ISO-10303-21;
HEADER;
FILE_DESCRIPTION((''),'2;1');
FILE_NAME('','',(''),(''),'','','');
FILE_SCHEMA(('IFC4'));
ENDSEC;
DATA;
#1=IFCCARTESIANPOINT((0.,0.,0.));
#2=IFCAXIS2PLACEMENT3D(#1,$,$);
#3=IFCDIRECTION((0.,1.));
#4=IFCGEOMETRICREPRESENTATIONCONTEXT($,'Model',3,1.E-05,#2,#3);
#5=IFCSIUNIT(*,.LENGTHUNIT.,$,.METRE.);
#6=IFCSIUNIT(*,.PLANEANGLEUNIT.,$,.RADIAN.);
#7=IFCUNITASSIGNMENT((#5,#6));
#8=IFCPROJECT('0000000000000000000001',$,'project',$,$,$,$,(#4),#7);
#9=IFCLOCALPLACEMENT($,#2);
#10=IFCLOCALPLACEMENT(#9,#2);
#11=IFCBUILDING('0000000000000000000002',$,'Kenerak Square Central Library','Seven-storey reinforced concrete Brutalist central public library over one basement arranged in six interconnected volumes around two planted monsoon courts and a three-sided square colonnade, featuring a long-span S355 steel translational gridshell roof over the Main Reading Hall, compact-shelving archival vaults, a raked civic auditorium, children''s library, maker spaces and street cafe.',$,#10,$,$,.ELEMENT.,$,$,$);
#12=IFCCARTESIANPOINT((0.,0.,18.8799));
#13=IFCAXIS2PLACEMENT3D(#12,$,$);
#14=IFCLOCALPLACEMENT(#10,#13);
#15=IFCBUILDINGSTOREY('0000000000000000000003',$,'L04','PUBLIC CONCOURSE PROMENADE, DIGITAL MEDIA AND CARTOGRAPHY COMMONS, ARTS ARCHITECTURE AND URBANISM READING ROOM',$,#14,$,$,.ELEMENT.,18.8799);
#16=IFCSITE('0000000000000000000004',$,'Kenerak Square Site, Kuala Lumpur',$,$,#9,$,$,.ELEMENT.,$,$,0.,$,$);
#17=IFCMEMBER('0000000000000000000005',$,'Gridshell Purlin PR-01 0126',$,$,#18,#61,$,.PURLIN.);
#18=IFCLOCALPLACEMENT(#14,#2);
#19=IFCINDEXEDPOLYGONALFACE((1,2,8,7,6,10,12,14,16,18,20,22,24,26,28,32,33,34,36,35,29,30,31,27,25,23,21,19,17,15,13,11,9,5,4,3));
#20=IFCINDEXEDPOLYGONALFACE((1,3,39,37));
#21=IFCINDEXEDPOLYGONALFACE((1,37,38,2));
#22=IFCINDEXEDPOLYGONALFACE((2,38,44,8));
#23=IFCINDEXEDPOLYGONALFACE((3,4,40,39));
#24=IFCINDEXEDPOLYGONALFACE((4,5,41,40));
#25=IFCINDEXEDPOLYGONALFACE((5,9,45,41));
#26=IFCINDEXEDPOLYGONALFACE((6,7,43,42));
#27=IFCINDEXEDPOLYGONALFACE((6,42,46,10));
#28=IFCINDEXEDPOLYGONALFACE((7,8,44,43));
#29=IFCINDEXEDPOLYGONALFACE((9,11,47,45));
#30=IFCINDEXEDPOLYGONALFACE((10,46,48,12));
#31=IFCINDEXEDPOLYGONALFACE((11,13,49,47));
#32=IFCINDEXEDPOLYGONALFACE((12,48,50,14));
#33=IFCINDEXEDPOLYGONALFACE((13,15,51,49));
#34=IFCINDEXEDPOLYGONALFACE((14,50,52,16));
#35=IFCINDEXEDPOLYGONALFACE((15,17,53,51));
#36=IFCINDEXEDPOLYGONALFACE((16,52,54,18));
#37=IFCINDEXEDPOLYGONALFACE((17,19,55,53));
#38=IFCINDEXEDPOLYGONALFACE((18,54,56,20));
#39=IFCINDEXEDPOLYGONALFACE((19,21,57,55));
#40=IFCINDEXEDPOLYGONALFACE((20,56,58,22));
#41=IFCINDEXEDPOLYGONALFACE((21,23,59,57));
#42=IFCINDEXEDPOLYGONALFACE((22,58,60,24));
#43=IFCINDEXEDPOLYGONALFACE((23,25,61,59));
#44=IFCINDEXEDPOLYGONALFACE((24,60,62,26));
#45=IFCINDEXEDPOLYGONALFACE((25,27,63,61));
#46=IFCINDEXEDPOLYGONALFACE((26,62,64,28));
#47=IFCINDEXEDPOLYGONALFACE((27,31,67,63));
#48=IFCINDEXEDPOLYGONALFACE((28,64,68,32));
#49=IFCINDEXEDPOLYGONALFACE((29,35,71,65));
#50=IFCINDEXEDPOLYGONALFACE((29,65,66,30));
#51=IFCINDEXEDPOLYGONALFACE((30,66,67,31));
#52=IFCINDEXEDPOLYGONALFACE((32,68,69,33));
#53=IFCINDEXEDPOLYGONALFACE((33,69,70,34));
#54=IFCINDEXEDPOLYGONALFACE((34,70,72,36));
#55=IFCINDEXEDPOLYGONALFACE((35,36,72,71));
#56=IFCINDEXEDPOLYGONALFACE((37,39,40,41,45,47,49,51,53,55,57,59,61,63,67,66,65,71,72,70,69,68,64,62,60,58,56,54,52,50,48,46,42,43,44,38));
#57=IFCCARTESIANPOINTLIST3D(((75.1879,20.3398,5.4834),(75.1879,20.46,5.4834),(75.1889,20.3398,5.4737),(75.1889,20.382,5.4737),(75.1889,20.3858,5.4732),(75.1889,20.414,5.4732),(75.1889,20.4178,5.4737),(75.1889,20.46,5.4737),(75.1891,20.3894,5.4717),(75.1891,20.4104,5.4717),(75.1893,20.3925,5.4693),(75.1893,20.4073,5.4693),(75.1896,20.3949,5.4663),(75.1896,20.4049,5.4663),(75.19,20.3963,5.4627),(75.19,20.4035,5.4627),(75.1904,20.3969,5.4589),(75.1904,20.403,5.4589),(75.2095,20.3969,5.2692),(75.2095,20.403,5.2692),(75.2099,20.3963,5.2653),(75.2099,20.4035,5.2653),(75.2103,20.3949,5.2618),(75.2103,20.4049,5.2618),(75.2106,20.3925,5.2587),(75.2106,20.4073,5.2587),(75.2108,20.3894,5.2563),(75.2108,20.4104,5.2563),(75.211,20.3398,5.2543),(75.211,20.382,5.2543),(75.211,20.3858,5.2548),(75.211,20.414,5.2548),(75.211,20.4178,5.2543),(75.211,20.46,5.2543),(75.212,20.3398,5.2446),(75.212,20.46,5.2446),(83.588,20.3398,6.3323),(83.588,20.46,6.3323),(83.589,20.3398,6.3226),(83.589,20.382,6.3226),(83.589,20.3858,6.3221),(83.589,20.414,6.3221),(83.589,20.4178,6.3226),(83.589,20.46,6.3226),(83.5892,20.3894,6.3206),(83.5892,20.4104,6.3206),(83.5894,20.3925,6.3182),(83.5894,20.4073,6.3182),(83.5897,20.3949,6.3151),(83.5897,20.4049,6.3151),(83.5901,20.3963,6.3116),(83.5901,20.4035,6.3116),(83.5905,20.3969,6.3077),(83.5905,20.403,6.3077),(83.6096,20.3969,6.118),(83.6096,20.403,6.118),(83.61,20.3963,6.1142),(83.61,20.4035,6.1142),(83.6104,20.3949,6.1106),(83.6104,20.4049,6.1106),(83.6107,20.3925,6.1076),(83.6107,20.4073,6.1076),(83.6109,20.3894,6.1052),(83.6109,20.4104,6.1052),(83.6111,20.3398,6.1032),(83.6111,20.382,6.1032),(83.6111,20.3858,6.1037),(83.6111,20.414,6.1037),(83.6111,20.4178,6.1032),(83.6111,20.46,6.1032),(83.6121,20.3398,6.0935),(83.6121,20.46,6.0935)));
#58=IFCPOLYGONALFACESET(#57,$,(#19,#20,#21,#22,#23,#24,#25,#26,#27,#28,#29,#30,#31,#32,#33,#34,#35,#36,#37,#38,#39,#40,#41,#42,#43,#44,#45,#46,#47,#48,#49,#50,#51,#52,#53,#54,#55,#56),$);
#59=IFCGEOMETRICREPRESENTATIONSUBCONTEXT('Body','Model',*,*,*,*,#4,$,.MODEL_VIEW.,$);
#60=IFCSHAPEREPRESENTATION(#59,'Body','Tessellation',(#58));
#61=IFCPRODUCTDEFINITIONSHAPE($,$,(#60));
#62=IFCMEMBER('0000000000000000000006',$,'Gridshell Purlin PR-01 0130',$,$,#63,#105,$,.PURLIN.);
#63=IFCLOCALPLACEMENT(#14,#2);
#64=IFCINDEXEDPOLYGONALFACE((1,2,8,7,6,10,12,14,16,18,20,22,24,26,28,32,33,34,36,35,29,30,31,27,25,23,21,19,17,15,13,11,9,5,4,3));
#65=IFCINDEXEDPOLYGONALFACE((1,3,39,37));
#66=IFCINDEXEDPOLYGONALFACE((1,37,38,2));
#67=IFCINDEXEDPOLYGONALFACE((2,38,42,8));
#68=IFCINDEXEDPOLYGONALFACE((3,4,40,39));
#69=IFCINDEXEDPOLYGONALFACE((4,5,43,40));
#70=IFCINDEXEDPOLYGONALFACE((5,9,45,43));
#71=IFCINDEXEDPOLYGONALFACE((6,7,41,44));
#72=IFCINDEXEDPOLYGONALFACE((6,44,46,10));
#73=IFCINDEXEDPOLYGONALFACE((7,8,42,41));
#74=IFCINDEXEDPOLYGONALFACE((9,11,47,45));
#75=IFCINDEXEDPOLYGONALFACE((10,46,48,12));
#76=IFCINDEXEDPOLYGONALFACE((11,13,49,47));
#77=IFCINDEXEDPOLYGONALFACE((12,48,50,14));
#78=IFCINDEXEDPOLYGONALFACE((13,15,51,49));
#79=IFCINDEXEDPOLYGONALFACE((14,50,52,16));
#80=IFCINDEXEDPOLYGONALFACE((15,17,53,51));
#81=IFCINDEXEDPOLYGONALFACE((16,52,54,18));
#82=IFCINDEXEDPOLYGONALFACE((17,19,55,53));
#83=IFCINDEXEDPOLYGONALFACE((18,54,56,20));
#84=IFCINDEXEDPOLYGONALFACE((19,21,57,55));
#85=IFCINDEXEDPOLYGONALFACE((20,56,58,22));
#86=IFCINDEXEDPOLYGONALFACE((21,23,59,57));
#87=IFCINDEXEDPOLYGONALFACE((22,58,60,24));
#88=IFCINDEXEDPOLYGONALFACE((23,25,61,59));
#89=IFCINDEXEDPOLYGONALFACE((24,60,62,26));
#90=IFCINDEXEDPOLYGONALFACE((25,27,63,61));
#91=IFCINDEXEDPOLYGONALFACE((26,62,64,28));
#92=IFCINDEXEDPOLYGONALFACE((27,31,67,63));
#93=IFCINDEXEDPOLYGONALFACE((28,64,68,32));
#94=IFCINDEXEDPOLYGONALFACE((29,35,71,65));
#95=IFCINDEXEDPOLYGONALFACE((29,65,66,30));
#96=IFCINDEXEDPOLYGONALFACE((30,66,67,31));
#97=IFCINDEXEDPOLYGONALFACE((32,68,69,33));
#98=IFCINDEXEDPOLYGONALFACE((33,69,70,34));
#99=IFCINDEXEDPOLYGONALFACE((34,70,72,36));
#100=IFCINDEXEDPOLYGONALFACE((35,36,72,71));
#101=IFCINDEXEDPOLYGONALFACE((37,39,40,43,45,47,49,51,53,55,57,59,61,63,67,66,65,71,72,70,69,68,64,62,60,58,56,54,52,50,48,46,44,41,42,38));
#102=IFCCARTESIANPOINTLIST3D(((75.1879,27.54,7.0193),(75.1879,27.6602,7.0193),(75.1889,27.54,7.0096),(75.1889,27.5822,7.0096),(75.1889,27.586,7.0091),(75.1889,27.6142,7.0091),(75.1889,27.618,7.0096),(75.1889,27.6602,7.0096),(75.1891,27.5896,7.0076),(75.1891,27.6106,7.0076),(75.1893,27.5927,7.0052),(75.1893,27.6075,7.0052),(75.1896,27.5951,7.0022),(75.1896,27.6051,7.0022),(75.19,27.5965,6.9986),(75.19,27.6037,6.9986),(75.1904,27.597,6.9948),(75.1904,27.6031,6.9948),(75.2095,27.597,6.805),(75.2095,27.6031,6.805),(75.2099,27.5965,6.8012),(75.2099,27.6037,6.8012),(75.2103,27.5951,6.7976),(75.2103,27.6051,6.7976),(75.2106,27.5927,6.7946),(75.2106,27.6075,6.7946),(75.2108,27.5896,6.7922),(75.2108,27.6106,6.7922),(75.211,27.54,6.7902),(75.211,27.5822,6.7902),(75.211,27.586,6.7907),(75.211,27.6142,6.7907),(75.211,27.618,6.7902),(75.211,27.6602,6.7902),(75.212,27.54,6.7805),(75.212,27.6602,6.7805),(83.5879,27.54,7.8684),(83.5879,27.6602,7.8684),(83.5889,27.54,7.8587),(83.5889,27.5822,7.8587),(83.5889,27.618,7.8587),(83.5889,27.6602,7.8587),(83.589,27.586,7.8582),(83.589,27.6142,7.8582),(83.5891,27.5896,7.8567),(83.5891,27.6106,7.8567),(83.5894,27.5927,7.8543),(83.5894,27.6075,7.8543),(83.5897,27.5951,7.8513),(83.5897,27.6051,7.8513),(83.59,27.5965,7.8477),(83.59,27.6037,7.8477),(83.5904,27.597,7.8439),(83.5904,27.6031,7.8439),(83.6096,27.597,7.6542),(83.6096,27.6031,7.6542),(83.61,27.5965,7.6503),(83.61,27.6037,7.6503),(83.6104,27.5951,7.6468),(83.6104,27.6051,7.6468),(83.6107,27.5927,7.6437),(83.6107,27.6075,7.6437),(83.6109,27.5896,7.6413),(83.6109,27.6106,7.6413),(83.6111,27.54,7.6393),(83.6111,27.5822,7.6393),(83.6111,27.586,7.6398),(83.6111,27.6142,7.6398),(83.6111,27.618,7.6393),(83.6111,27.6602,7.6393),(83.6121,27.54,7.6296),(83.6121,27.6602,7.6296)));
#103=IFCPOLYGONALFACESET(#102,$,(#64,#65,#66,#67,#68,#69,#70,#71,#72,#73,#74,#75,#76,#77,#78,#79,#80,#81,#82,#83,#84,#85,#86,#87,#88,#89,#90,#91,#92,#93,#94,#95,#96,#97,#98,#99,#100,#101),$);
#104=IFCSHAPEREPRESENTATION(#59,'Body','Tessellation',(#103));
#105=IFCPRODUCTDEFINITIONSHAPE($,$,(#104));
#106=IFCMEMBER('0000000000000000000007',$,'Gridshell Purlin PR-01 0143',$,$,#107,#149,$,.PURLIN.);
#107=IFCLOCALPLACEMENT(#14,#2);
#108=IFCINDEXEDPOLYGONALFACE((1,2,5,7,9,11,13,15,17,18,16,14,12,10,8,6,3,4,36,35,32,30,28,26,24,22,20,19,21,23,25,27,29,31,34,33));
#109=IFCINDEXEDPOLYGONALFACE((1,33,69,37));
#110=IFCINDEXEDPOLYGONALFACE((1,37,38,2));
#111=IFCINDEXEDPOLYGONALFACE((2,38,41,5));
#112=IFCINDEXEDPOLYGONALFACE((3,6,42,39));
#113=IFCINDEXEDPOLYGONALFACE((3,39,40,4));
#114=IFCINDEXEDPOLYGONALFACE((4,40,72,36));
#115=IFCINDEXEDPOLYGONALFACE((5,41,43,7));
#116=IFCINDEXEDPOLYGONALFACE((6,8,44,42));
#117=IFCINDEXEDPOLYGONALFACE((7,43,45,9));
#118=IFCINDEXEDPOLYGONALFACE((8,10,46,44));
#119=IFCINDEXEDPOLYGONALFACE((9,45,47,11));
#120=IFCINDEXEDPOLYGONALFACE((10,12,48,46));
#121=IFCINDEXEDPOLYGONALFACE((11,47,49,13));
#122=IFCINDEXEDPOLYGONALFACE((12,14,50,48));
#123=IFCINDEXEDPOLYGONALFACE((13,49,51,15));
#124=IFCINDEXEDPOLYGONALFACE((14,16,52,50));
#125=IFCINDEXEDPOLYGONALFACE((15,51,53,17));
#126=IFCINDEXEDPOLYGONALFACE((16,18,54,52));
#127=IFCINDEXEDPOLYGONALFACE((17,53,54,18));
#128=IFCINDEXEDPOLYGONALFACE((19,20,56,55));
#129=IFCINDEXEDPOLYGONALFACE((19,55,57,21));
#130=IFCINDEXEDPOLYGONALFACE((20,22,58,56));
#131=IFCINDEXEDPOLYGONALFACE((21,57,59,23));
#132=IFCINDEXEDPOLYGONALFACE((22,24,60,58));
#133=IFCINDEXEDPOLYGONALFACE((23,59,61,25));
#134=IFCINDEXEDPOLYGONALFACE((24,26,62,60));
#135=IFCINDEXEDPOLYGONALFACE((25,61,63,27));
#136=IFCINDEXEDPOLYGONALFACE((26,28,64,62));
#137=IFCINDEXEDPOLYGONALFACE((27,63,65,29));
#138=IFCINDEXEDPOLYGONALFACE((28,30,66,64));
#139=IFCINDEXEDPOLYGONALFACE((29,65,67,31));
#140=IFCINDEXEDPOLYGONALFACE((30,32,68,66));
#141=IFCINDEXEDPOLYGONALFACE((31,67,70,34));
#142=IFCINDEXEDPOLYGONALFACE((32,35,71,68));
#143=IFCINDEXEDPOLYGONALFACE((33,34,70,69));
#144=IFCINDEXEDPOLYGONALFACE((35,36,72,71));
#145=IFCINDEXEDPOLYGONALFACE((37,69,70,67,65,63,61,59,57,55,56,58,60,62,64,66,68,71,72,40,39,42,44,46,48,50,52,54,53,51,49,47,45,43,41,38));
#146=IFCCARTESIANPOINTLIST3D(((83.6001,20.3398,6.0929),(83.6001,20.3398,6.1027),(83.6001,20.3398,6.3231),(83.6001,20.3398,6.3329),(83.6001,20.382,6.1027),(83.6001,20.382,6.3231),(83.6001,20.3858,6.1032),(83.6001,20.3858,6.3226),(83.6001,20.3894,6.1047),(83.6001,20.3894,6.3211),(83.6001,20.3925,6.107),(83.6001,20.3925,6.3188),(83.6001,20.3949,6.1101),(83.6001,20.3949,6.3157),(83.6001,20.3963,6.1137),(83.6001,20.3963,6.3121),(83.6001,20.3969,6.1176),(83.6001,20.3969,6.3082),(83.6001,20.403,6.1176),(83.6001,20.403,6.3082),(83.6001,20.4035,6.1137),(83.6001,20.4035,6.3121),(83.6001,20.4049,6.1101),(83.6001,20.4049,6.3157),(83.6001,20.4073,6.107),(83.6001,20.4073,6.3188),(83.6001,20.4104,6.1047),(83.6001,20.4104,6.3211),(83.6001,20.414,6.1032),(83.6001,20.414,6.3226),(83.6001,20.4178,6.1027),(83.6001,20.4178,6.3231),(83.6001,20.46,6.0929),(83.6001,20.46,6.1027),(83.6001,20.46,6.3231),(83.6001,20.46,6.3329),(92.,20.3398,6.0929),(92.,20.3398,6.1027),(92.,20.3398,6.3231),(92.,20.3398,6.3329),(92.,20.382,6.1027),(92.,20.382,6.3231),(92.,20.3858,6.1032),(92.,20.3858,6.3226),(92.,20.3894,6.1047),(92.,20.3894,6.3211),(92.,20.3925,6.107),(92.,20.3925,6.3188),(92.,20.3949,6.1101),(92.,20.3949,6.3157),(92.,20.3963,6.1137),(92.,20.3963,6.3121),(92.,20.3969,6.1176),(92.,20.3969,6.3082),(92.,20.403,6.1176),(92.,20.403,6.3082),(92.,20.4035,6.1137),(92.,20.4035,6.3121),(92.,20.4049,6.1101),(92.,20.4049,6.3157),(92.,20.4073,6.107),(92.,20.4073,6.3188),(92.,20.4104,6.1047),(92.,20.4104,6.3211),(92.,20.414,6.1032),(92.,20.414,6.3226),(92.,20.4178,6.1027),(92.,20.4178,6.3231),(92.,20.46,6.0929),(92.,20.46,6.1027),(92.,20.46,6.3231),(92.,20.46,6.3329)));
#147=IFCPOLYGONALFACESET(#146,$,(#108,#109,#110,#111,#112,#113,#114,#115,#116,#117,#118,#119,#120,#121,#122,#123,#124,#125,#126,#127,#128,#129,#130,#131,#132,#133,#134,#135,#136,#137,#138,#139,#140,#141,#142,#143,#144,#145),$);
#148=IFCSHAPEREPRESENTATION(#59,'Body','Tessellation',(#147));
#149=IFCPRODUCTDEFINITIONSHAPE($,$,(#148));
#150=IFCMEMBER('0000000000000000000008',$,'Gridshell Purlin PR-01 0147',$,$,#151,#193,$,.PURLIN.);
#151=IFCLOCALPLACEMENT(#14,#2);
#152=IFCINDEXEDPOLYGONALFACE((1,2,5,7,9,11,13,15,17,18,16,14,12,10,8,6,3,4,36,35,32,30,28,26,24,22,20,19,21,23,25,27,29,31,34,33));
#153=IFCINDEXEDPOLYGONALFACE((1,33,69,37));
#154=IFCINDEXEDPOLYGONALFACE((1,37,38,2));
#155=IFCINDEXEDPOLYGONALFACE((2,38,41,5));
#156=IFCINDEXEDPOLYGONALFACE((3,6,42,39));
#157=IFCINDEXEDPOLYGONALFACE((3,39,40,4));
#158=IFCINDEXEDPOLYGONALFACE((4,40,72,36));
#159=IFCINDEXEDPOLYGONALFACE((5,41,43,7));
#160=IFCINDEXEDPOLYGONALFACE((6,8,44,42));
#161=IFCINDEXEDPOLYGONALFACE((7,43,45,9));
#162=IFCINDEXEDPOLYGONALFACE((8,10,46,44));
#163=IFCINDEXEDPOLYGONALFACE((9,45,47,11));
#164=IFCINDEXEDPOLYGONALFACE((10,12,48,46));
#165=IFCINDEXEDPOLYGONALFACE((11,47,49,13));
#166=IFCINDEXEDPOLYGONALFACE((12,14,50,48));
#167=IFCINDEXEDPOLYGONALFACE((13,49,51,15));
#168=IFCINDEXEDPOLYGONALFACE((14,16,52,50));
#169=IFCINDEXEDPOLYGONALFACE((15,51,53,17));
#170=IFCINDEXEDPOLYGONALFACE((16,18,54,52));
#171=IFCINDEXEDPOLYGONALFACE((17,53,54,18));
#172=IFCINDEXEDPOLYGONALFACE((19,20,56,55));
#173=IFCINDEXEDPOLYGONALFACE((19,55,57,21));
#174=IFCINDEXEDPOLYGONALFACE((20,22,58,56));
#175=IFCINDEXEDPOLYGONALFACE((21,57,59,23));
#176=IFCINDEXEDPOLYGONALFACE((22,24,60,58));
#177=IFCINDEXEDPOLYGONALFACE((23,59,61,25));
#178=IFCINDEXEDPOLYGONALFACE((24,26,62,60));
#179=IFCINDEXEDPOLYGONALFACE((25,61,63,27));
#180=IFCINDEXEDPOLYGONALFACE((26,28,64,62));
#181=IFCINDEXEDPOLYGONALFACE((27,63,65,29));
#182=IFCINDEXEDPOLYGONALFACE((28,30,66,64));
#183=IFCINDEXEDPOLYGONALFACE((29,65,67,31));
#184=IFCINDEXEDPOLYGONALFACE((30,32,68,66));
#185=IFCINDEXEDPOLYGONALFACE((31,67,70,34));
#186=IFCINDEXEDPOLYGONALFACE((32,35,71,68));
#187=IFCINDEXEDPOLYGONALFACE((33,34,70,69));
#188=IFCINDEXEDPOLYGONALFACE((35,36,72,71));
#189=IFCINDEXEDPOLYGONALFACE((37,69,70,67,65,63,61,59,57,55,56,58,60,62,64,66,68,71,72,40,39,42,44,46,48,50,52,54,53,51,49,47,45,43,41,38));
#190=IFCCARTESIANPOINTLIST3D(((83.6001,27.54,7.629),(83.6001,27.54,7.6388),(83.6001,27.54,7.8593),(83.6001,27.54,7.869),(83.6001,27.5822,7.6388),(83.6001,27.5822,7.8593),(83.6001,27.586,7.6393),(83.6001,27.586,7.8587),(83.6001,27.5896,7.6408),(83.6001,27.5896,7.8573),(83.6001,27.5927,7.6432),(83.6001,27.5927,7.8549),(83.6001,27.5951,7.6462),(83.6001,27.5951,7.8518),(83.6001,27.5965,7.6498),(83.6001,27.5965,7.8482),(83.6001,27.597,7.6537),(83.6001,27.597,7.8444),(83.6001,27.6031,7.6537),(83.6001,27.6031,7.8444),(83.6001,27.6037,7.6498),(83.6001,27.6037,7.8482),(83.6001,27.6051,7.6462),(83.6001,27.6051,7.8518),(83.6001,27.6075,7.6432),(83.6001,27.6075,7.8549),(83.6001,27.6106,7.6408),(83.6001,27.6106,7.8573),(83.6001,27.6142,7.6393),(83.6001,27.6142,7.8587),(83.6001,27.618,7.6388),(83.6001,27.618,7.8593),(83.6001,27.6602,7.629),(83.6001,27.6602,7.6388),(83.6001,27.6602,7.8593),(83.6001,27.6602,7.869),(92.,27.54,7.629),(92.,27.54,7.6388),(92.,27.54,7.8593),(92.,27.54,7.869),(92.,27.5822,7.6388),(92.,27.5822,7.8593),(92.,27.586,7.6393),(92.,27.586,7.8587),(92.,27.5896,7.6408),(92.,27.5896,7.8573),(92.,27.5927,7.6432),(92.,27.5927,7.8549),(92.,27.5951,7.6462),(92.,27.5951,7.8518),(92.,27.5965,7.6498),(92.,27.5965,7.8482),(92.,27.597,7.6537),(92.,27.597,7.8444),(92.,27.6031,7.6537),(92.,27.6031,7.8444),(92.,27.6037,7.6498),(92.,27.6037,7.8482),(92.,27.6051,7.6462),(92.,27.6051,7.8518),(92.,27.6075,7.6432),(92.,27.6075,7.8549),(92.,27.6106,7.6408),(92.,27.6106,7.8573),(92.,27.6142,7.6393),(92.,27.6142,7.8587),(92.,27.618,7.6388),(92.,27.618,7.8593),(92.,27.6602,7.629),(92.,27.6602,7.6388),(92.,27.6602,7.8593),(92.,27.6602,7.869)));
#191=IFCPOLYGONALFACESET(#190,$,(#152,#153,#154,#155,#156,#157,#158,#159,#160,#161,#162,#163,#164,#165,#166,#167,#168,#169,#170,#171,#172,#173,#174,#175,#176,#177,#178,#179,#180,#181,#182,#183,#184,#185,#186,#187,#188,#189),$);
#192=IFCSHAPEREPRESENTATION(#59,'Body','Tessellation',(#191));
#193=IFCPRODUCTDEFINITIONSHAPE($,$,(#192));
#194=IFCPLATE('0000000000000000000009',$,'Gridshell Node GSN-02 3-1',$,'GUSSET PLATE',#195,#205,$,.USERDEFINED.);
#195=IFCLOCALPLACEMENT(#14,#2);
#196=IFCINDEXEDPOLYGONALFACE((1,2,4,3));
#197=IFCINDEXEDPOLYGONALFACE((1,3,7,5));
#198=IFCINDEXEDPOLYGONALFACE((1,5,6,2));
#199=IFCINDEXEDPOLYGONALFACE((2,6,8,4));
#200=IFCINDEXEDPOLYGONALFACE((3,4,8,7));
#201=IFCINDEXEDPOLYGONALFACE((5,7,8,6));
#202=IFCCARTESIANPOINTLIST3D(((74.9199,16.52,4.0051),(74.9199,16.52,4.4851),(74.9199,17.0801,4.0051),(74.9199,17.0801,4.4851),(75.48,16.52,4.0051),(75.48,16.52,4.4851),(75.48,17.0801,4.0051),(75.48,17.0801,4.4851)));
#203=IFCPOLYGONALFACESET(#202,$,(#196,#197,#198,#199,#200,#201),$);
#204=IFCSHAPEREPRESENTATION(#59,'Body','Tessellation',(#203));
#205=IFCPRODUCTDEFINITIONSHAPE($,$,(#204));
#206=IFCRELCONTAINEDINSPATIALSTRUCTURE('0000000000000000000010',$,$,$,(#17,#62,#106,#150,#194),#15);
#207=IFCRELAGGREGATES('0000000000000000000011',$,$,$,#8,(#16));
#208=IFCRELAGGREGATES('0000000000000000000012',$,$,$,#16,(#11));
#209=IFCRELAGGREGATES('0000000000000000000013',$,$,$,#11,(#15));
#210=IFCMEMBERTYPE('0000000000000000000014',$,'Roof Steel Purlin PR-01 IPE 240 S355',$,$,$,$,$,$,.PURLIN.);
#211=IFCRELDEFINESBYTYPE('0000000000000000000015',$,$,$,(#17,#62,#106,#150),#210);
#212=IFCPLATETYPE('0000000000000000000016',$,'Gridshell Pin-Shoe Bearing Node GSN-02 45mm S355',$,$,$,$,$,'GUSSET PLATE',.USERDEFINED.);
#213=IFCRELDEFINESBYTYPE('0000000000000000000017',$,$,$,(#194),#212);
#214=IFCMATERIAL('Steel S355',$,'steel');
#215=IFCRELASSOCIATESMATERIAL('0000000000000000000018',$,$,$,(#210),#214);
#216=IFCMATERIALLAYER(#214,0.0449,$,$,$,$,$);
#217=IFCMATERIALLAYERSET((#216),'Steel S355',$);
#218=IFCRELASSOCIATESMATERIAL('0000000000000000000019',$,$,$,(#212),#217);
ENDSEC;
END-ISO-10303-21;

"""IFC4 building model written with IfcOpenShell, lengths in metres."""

from ifc_helpers import new_model, si_unit, direction, frame, origin, origin_2d, place, context, subcontext, project, spatial, rectangle, i_section, extrude, material, layer, layer_set, material_profile, profile_set, type_object, element, save


model = new_model("IFC4")

# Units and contexts
model_context = context("Model", 3, precision=1e-05, world=origin(), true_north=direction((0.0, 1.0)))
body_context = subcontext(model_context, "Body", "Model", "MODEL_VIEW")
ifc_project = project(units=[si_unit("LENGTHUNIT", "METRE"), si_unit("PLANEANGLEUNIT", "RADIAN")], contexts=[model_context])

# Site, building, storey
site_placement = place(None, origin())
site = spatial("IfcSite", under=ifc_project, at=site_placement, Name="Kenerak Square Site, Kuala Lumpur", CompositionType="ELEMENT", RefElevation=0.0)
building_placement = place(site_placement, origin())
building = spatial("IfcBuilding", under=site, at=building_placement, Name="Kenerak Square Central Library", Description="Seven-storey reinforced concrete Brutalist central public library over one basement arranged in six interconnected volumes around two planted monsoon courts and a three-sided square colonnade, featuring a long-span S355 steel translational gridshell roof over the Main Reading Hall, compact-shelving archival vaults, a raked civic auditorium, children's library, maker spaces and street cafe.", CompositionType="ELEMENT")
storey_placement = place(building_placement, frame((0.0, 0.0, 18.8799)))
storey = spatial("IfcBuildingStorey", under=building, at=storey_placement, Name="L04", Description="PUBLIC CONCOURSE PROMENADE, DIGITAL MEDIA AND CARTOGRAPHY COMMONS, ARTS ARCHITECTURE AND URBANISM READING ROOM", CompositionType="ELEMENT", Elevation=18.8799)

# Members
ifc_material = material(Name="Steel S355", Category="steel")
ifc_material_profile_1 = material_profile(ifc_material, i_section(OverallWidth=0.1201, OverallDepth=0.24, WebThickness=0.0061, FlangeThickness=0.0098, FilletRadius=0.0149, at=origin_2d()), Name="IPE 240")
ifc_profile_set_1 = profile_set([ifc_material_profile_1], Name="Steel S355")
member_type_1 = type_object("IfcMemberType", Name="Roof Steel Purlin PR-01 IPE 240 S355", PredefinedType="PURLIN", material=ifc_profile_set_1)
for number, where, z_axis, x_axis, name in (
    (1, (75.2, 20.3999, 5.364), (0.994933, 0.0, 0.100543), (0.0, 1.0, 0.0), "Gridshell Purlin PR-01 0126"),
    (2, (75.2, 27.6001, 6.8999), (0.99493, 0.0, 0.100572), (0.0, 1.0, 0.0), "Gridshell Purlin PR-01 0130"),
):
    element("IfcMember", number, at=place(storey_placement, frame(where, z_axis=z_axis, x_axis=x_axis)), inside=storey, type_object=member_type_1, Name=name, PredefinedType="PURLIN", context=body_context, shape_type="SweptSolid", body=[
        extrude(i_section(OverallWidth=0.1201, OverallDepth=0.24, WebThickness=0.0061, FlangeThickness=0.0098, FilletRadius=0.0149, at=origin_2d()), origin(), (0.0, 0.0, 1.0), 8.4429),
    ])
for number, where, z_axis, x_axis, name in (
    (3, (83.6001, 20.3999, 6.2129), (1.0, 0.0, 0.0), (0.0, 1.0, 0.0), "Gridshell Purlin PR-01 0143"),
    (4, (83.6001, 27.6001, 7.749), (1.0, 0.0, 0.0), (0.0, 1.0, 0.0), "Gridshell Purlin PR-01 0147"),
):
    element("IfcMember", number, at=place(storey_placement, frame(where, z_axis=z_axis, x_axis=x_axis)), inside=storey, type_object=member_type_1, Name=name, PredefinedType="PURLIN", context=body_context, shape_type="SweptSolid", body=[
        extrude(i_section(OverallWidth=0.1201, OverallDepth=0.24, WebThickness=0.0061, FlangeThickness=0.0098, FilletRadius=0.0149, at=origin_2d()), origin(), (0.0, 0.0, 1.0), 8.3999),
    ])

# Plate
ifc_layer_1 = layer(ifc_material, 0.0449)
ifc_layer_set_1 = layer_set([ifc_layer_1], Name="Steel S355")
plate_type_1 = type_object("IfcPlateType", Name="Gridshell Pin-Shoe Bearing Node GSN-02 45mm S355", ElementType="GUSSET PLATE", PredefinedType="USERDEFINED", material=ifc_layer_set_1)
for number, where, z_axis, x_axis, name in (
    (5, (75.2, 16.8, 4.0051), (0.0, 0.0, 1.0), (1.0, 0.0, 0.0), "Gridshell Node GSN-02 3-1"),
):
    element("IfcPlate", number, at=place(storey_placement, frame(where, z_axis=z_axis, x_axis=x_axis)), inside=storey, type_object=plate_type_1, Name=name, ObjectType="GUSSET PLATE", PredefinedType="USERDEFINED", context=body_context, shape_type="SweptSolid", body=[
        extrude(rectangle(XDim=0.5601, YDim=0.5601, at=origin_2d()), origin(), (0.0, 0.0, 1.0), 0.48),
    ])

save(model, "model.ifc")
